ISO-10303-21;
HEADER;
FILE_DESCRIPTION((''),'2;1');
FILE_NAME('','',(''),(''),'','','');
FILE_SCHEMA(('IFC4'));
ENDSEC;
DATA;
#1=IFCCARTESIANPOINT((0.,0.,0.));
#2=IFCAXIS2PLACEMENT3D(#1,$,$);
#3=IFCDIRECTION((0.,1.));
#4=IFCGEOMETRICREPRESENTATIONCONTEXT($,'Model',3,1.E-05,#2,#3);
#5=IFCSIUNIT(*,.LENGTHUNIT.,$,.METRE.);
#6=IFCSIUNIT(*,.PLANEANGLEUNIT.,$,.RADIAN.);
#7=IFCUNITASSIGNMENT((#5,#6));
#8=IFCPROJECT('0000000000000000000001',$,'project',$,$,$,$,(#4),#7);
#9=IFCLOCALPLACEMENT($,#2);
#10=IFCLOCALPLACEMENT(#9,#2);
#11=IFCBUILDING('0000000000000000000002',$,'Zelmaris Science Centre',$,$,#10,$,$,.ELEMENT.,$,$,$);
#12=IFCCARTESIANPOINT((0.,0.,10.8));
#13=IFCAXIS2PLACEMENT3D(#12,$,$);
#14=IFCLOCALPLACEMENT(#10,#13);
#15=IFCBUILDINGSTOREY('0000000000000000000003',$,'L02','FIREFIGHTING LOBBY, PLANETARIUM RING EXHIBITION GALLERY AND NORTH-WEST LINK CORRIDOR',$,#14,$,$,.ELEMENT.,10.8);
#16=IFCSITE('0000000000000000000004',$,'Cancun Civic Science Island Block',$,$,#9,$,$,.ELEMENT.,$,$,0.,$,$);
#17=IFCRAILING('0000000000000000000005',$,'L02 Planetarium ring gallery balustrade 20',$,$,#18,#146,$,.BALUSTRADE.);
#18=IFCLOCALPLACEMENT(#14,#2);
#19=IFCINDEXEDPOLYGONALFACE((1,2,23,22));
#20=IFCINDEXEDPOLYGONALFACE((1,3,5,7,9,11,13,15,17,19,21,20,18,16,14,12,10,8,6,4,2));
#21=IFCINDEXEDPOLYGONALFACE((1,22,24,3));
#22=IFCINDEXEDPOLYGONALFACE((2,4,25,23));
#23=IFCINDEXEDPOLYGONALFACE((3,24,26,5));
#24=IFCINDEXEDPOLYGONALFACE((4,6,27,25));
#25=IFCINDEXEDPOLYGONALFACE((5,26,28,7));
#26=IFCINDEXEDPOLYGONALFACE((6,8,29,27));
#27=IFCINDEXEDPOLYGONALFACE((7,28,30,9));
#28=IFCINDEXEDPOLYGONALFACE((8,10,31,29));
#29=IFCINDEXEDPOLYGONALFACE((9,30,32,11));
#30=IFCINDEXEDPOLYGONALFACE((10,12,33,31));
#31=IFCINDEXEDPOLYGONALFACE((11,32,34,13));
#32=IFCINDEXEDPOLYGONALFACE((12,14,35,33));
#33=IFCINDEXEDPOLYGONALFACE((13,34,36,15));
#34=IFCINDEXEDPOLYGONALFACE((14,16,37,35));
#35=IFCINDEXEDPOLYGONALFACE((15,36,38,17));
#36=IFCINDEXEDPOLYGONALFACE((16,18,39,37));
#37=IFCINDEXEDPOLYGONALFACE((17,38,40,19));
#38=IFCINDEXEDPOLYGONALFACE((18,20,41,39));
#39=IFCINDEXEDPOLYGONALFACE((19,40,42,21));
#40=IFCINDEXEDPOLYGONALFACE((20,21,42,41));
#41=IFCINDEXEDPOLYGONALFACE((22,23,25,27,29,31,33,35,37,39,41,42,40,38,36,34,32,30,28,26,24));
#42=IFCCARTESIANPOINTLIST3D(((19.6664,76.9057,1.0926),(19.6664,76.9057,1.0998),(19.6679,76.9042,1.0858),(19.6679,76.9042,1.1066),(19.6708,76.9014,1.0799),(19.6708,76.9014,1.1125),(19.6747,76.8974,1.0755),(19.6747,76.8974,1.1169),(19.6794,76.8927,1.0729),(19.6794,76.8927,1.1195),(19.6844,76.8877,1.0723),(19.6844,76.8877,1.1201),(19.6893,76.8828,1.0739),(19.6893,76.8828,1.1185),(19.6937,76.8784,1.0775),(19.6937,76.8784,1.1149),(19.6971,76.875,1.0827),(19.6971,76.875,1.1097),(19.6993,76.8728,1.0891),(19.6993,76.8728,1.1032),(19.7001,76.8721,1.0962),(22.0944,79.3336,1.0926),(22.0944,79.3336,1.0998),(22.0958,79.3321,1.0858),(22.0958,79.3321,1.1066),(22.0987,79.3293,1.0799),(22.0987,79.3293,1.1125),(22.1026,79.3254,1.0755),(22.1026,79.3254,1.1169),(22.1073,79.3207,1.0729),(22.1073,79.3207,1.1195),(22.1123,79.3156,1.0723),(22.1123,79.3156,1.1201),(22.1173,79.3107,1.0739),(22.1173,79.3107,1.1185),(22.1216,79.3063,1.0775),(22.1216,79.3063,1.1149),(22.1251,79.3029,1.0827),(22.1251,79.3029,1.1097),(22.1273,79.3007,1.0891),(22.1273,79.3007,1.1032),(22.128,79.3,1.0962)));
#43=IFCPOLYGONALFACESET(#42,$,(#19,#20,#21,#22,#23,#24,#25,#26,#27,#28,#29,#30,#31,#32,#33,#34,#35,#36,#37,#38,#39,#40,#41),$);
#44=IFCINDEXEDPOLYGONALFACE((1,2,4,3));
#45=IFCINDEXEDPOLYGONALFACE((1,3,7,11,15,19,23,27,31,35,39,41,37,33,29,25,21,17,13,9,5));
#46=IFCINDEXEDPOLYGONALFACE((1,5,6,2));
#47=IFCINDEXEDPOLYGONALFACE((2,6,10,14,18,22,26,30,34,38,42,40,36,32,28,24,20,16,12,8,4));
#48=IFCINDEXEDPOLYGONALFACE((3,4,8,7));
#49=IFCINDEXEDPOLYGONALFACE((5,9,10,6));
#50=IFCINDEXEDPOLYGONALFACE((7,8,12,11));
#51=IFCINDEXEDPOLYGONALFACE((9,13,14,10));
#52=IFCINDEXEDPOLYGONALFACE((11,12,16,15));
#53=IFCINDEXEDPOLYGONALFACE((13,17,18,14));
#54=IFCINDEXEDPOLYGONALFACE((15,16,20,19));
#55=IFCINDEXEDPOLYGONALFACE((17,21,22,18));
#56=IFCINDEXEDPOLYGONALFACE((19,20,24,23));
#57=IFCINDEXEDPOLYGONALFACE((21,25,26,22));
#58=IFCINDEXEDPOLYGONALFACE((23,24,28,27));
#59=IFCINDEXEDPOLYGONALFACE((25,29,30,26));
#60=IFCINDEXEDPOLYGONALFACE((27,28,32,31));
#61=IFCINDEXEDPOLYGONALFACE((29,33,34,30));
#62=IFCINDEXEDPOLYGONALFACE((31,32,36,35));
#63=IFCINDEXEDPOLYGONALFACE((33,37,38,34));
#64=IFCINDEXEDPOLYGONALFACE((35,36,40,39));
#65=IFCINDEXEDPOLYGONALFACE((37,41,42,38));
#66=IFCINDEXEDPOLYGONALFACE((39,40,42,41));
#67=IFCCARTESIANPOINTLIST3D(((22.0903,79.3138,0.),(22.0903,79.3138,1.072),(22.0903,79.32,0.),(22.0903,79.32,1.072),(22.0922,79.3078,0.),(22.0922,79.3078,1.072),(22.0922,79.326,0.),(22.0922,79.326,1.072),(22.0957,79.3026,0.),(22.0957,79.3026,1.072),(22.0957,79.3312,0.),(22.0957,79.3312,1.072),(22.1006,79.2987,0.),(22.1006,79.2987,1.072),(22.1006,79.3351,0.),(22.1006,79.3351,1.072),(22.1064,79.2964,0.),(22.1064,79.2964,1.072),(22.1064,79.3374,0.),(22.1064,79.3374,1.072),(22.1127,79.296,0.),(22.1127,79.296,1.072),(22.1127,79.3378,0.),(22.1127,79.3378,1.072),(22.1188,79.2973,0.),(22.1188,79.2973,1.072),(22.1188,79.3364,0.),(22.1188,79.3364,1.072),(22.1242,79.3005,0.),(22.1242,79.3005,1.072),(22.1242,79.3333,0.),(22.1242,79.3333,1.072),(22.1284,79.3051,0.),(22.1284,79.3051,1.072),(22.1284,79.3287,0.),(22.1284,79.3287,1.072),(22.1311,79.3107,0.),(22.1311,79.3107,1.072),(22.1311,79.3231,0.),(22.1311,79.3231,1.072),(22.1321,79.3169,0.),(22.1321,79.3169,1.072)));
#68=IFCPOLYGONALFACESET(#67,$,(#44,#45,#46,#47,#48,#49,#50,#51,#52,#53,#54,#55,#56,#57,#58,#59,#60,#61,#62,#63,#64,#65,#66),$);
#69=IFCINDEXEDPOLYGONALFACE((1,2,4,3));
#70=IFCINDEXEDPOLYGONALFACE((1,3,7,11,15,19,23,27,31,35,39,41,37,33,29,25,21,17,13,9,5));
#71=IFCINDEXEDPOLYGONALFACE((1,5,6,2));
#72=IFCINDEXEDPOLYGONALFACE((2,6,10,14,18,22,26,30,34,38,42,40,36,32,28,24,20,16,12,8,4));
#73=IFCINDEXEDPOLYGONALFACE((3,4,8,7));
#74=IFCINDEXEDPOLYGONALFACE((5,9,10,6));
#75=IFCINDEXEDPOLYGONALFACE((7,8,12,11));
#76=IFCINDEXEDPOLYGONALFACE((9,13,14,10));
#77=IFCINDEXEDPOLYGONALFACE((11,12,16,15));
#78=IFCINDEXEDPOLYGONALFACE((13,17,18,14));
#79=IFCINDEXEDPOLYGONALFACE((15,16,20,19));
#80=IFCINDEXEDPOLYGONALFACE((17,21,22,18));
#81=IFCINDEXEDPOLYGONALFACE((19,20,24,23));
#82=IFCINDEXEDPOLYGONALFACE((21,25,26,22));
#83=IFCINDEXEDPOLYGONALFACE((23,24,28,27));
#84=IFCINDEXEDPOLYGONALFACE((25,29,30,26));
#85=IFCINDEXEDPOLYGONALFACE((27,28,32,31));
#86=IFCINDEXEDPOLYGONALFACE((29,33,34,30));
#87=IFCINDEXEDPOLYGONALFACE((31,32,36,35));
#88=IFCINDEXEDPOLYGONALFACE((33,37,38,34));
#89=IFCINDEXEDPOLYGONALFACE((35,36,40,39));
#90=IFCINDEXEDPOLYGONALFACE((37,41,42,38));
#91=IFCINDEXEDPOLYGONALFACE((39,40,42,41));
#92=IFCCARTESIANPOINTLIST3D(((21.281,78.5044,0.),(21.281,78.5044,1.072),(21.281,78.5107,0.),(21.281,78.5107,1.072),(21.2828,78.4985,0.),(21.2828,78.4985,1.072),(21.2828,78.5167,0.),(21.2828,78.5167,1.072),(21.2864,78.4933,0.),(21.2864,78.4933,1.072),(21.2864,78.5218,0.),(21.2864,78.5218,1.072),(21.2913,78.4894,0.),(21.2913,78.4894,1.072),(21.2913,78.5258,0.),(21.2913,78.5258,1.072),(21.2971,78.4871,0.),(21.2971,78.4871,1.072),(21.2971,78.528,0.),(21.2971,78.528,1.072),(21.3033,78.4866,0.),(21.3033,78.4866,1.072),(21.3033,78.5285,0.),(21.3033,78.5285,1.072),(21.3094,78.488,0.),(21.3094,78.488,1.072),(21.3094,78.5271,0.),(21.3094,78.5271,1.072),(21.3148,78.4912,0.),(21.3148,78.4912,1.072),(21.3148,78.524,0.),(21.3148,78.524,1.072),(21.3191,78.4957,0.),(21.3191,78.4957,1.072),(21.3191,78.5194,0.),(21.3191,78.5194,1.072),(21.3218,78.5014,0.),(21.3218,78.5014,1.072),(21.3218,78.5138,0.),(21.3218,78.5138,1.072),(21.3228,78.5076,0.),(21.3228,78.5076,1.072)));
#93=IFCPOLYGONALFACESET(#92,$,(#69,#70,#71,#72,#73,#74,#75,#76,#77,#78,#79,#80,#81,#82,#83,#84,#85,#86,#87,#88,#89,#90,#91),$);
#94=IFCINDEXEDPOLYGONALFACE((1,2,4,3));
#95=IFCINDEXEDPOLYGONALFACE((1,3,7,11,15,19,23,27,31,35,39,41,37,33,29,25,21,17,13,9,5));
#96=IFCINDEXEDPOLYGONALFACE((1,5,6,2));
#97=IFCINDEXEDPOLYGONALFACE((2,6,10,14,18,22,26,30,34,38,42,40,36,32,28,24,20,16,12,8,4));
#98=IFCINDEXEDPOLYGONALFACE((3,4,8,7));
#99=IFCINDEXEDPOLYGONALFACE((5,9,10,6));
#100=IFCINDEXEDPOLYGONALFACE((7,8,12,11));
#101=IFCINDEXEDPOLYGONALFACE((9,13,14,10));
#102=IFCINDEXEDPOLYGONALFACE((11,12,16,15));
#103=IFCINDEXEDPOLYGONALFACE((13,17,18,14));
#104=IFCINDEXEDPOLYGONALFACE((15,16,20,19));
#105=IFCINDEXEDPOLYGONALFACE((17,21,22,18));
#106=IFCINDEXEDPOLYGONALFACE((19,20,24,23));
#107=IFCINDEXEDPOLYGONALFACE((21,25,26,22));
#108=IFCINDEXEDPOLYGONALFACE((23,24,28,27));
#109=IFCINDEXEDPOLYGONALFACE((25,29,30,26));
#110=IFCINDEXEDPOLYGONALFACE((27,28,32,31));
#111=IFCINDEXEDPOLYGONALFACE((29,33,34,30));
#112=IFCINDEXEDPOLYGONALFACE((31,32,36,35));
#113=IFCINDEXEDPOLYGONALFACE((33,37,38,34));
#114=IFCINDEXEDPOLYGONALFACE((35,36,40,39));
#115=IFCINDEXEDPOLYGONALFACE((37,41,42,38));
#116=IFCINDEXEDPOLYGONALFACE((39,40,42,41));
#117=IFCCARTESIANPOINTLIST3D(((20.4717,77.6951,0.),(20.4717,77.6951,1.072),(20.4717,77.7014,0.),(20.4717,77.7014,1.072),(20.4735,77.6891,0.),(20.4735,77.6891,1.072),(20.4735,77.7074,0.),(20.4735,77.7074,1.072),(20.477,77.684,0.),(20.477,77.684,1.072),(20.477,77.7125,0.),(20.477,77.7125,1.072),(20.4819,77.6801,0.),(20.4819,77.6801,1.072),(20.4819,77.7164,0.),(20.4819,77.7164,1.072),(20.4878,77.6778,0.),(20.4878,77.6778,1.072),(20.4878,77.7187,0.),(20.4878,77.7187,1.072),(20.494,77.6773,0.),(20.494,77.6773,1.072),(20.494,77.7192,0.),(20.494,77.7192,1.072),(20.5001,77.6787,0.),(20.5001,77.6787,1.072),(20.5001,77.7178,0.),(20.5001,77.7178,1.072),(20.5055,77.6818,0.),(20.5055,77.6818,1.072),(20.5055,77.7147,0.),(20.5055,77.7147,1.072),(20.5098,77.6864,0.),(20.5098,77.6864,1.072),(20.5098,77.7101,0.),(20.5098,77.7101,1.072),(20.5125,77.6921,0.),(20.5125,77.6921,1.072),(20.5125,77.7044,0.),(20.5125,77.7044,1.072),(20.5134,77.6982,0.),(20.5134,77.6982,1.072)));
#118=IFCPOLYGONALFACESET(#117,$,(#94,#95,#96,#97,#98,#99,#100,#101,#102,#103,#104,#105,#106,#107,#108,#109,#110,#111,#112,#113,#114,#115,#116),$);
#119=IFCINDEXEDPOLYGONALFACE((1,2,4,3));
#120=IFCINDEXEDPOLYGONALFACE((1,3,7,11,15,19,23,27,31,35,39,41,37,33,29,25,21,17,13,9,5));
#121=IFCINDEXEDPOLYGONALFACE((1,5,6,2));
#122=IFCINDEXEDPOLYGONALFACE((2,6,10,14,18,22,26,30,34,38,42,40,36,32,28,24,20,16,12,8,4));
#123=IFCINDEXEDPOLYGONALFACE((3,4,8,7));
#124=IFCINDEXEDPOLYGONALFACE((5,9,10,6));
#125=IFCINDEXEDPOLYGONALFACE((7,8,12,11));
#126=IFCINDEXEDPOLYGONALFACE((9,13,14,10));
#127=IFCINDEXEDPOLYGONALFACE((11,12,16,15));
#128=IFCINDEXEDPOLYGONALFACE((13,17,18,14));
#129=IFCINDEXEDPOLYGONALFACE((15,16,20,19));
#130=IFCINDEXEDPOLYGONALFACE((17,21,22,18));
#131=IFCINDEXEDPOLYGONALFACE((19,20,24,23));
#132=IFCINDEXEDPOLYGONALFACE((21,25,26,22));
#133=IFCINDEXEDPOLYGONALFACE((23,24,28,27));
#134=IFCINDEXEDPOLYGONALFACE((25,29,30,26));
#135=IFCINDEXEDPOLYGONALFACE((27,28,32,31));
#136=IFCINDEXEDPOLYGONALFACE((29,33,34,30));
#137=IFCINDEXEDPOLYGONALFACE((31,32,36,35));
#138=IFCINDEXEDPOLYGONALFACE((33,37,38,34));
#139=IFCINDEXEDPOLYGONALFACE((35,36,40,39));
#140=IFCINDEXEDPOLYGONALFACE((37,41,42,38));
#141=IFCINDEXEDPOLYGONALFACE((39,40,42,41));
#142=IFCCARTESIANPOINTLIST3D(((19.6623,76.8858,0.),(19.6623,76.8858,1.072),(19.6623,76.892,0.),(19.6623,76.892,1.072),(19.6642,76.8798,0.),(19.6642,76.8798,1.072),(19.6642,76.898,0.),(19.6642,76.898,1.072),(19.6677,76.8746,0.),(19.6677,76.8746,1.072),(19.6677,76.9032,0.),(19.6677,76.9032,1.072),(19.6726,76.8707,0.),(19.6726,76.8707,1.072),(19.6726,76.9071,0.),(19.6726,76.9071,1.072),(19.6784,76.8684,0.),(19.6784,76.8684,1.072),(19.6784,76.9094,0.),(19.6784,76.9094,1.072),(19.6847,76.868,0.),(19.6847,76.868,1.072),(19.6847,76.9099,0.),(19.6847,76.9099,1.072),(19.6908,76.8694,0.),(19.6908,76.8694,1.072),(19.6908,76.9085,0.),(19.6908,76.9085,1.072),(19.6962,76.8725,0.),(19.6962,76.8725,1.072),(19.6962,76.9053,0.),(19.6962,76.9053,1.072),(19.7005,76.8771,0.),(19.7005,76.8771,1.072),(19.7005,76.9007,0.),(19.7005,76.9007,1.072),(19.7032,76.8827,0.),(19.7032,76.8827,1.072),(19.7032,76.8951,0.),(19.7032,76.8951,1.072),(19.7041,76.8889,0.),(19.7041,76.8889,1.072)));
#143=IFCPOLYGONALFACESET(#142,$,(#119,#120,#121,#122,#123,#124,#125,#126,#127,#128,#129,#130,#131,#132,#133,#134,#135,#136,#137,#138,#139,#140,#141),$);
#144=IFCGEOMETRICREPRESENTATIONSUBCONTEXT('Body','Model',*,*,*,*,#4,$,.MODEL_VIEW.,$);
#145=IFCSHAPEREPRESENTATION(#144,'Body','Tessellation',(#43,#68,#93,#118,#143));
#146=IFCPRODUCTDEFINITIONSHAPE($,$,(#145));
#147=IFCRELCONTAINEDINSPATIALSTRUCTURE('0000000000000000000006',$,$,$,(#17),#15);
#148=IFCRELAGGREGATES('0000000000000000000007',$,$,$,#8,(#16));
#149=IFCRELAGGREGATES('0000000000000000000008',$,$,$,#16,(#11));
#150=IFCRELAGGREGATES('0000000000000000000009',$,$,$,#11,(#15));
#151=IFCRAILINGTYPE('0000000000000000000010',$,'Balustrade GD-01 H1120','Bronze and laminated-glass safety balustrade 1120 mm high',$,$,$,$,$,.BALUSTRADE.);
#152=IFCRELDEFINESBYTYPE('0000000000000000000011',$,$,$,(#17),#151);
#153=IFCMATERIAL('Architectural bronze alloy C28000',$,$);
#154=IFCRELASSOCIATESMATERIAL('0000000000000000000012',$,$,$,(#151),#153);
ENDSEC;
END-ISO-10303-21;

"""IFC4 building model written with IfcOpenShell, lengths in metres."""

from ifc_helpers import new_model, si_unit, direction, frame, origin, origin_2d, place, context, subcontext, project, spatial, circle, extrude, material, type_object, element, save


model = new_model("IFC4")

# Units and contexts
model_context = context("Model", 3, precision=1e-05, world=origin(), true_north=direction((0.0, 1.0)))
body_context = subcontext(model_context, "Body", "Model", "MODEL_VIEW")
ifc_project = project(units=[si_unit("LENGTHUNIT", "METRE"), si_unit("PLANEANGLEUNIT", "RADIAN")], contexts=[model_context])

# Site, building, storey
site_placement = place(None, origin())
site = spatial("IfcSite", under=ifc_project, at=site_placement, Name="Cancun Civic Science Island Block", CompositionType="ELEMENT", RefElevation=0.0)
building_placement = place(site_placement, origin())
building = spatial("IfcBuilding", under=site, at=building_placement, Name="Zelmaris Science Centre", CompositionType="ELEMENT")
storey_placement = place(building_placement, frame((0.0, 0.0, 10.8)))
storey = spatial("IfcBuildingStorey", under=building, at=storey_placement, Name="L02", Description="FIREFIGHTING LOBBY, PLANETARIUM RING EXHIBITION GALLERY AND NORTH-WEST LINK CORRIDOR", CompositionType="ELEMENT", Elevation=10.8)

# Railing
ifc_material_1 = material(Name="Architectural bronze alloy C28000")
railing_type = type_object("IfcRailingType", Name="Balustrade GD-01 H1120", Description="Bronze and laminated-glass safety balustrade 1120 mm high", PredefinedType="BALUSTRADE", material=ifc_material_1)
railing_1_placement = place(storey_placement, frame((22.1111, 79.3169, 0.0)))
element("IfcRailing", 1, at=railing_1_placement, inside=storey, type_object=railing_type, Name="L02 Planetarium ring gallery balustrade 20", PredefinedType="BALUSTRADE", context=body_context, shape_type="SweptSolid", body=[
    extrude(circle(Radius=0.0239, at=origin_2d()), frame((0.0, 0.0, 1.0962), z_axis=(-0.707107, -0.707107, 0.0), x_axis=(0.707107, -0.707107, 0.0)), (0.0, 0.0, 1.0), 3.4336),
    extrude(circle(Radius=0.021, at=origin_2d()), origin(), (0.0, 0.0, 1.0), 1.072),
    extrude(circle(Radius=0.021, at=origin_2d()), frame((-0.8093, -0.8093, 0.0)), (0.0, 0.0, 1.0), 1.072),
    extrude(circle(Radius=0.021, at=origin_2d()), frame((-1.6187, -1.6187, 0.0)), (0.0, 0.0, 1.0), 1.072),
    extrude(circle(Radius=0.021, at=origin_2d()), frame((-2.428, -2.428, 0.0)), (0.0, 0.0, 1.0), 1.072),
])

save(model, "model.ifc")
